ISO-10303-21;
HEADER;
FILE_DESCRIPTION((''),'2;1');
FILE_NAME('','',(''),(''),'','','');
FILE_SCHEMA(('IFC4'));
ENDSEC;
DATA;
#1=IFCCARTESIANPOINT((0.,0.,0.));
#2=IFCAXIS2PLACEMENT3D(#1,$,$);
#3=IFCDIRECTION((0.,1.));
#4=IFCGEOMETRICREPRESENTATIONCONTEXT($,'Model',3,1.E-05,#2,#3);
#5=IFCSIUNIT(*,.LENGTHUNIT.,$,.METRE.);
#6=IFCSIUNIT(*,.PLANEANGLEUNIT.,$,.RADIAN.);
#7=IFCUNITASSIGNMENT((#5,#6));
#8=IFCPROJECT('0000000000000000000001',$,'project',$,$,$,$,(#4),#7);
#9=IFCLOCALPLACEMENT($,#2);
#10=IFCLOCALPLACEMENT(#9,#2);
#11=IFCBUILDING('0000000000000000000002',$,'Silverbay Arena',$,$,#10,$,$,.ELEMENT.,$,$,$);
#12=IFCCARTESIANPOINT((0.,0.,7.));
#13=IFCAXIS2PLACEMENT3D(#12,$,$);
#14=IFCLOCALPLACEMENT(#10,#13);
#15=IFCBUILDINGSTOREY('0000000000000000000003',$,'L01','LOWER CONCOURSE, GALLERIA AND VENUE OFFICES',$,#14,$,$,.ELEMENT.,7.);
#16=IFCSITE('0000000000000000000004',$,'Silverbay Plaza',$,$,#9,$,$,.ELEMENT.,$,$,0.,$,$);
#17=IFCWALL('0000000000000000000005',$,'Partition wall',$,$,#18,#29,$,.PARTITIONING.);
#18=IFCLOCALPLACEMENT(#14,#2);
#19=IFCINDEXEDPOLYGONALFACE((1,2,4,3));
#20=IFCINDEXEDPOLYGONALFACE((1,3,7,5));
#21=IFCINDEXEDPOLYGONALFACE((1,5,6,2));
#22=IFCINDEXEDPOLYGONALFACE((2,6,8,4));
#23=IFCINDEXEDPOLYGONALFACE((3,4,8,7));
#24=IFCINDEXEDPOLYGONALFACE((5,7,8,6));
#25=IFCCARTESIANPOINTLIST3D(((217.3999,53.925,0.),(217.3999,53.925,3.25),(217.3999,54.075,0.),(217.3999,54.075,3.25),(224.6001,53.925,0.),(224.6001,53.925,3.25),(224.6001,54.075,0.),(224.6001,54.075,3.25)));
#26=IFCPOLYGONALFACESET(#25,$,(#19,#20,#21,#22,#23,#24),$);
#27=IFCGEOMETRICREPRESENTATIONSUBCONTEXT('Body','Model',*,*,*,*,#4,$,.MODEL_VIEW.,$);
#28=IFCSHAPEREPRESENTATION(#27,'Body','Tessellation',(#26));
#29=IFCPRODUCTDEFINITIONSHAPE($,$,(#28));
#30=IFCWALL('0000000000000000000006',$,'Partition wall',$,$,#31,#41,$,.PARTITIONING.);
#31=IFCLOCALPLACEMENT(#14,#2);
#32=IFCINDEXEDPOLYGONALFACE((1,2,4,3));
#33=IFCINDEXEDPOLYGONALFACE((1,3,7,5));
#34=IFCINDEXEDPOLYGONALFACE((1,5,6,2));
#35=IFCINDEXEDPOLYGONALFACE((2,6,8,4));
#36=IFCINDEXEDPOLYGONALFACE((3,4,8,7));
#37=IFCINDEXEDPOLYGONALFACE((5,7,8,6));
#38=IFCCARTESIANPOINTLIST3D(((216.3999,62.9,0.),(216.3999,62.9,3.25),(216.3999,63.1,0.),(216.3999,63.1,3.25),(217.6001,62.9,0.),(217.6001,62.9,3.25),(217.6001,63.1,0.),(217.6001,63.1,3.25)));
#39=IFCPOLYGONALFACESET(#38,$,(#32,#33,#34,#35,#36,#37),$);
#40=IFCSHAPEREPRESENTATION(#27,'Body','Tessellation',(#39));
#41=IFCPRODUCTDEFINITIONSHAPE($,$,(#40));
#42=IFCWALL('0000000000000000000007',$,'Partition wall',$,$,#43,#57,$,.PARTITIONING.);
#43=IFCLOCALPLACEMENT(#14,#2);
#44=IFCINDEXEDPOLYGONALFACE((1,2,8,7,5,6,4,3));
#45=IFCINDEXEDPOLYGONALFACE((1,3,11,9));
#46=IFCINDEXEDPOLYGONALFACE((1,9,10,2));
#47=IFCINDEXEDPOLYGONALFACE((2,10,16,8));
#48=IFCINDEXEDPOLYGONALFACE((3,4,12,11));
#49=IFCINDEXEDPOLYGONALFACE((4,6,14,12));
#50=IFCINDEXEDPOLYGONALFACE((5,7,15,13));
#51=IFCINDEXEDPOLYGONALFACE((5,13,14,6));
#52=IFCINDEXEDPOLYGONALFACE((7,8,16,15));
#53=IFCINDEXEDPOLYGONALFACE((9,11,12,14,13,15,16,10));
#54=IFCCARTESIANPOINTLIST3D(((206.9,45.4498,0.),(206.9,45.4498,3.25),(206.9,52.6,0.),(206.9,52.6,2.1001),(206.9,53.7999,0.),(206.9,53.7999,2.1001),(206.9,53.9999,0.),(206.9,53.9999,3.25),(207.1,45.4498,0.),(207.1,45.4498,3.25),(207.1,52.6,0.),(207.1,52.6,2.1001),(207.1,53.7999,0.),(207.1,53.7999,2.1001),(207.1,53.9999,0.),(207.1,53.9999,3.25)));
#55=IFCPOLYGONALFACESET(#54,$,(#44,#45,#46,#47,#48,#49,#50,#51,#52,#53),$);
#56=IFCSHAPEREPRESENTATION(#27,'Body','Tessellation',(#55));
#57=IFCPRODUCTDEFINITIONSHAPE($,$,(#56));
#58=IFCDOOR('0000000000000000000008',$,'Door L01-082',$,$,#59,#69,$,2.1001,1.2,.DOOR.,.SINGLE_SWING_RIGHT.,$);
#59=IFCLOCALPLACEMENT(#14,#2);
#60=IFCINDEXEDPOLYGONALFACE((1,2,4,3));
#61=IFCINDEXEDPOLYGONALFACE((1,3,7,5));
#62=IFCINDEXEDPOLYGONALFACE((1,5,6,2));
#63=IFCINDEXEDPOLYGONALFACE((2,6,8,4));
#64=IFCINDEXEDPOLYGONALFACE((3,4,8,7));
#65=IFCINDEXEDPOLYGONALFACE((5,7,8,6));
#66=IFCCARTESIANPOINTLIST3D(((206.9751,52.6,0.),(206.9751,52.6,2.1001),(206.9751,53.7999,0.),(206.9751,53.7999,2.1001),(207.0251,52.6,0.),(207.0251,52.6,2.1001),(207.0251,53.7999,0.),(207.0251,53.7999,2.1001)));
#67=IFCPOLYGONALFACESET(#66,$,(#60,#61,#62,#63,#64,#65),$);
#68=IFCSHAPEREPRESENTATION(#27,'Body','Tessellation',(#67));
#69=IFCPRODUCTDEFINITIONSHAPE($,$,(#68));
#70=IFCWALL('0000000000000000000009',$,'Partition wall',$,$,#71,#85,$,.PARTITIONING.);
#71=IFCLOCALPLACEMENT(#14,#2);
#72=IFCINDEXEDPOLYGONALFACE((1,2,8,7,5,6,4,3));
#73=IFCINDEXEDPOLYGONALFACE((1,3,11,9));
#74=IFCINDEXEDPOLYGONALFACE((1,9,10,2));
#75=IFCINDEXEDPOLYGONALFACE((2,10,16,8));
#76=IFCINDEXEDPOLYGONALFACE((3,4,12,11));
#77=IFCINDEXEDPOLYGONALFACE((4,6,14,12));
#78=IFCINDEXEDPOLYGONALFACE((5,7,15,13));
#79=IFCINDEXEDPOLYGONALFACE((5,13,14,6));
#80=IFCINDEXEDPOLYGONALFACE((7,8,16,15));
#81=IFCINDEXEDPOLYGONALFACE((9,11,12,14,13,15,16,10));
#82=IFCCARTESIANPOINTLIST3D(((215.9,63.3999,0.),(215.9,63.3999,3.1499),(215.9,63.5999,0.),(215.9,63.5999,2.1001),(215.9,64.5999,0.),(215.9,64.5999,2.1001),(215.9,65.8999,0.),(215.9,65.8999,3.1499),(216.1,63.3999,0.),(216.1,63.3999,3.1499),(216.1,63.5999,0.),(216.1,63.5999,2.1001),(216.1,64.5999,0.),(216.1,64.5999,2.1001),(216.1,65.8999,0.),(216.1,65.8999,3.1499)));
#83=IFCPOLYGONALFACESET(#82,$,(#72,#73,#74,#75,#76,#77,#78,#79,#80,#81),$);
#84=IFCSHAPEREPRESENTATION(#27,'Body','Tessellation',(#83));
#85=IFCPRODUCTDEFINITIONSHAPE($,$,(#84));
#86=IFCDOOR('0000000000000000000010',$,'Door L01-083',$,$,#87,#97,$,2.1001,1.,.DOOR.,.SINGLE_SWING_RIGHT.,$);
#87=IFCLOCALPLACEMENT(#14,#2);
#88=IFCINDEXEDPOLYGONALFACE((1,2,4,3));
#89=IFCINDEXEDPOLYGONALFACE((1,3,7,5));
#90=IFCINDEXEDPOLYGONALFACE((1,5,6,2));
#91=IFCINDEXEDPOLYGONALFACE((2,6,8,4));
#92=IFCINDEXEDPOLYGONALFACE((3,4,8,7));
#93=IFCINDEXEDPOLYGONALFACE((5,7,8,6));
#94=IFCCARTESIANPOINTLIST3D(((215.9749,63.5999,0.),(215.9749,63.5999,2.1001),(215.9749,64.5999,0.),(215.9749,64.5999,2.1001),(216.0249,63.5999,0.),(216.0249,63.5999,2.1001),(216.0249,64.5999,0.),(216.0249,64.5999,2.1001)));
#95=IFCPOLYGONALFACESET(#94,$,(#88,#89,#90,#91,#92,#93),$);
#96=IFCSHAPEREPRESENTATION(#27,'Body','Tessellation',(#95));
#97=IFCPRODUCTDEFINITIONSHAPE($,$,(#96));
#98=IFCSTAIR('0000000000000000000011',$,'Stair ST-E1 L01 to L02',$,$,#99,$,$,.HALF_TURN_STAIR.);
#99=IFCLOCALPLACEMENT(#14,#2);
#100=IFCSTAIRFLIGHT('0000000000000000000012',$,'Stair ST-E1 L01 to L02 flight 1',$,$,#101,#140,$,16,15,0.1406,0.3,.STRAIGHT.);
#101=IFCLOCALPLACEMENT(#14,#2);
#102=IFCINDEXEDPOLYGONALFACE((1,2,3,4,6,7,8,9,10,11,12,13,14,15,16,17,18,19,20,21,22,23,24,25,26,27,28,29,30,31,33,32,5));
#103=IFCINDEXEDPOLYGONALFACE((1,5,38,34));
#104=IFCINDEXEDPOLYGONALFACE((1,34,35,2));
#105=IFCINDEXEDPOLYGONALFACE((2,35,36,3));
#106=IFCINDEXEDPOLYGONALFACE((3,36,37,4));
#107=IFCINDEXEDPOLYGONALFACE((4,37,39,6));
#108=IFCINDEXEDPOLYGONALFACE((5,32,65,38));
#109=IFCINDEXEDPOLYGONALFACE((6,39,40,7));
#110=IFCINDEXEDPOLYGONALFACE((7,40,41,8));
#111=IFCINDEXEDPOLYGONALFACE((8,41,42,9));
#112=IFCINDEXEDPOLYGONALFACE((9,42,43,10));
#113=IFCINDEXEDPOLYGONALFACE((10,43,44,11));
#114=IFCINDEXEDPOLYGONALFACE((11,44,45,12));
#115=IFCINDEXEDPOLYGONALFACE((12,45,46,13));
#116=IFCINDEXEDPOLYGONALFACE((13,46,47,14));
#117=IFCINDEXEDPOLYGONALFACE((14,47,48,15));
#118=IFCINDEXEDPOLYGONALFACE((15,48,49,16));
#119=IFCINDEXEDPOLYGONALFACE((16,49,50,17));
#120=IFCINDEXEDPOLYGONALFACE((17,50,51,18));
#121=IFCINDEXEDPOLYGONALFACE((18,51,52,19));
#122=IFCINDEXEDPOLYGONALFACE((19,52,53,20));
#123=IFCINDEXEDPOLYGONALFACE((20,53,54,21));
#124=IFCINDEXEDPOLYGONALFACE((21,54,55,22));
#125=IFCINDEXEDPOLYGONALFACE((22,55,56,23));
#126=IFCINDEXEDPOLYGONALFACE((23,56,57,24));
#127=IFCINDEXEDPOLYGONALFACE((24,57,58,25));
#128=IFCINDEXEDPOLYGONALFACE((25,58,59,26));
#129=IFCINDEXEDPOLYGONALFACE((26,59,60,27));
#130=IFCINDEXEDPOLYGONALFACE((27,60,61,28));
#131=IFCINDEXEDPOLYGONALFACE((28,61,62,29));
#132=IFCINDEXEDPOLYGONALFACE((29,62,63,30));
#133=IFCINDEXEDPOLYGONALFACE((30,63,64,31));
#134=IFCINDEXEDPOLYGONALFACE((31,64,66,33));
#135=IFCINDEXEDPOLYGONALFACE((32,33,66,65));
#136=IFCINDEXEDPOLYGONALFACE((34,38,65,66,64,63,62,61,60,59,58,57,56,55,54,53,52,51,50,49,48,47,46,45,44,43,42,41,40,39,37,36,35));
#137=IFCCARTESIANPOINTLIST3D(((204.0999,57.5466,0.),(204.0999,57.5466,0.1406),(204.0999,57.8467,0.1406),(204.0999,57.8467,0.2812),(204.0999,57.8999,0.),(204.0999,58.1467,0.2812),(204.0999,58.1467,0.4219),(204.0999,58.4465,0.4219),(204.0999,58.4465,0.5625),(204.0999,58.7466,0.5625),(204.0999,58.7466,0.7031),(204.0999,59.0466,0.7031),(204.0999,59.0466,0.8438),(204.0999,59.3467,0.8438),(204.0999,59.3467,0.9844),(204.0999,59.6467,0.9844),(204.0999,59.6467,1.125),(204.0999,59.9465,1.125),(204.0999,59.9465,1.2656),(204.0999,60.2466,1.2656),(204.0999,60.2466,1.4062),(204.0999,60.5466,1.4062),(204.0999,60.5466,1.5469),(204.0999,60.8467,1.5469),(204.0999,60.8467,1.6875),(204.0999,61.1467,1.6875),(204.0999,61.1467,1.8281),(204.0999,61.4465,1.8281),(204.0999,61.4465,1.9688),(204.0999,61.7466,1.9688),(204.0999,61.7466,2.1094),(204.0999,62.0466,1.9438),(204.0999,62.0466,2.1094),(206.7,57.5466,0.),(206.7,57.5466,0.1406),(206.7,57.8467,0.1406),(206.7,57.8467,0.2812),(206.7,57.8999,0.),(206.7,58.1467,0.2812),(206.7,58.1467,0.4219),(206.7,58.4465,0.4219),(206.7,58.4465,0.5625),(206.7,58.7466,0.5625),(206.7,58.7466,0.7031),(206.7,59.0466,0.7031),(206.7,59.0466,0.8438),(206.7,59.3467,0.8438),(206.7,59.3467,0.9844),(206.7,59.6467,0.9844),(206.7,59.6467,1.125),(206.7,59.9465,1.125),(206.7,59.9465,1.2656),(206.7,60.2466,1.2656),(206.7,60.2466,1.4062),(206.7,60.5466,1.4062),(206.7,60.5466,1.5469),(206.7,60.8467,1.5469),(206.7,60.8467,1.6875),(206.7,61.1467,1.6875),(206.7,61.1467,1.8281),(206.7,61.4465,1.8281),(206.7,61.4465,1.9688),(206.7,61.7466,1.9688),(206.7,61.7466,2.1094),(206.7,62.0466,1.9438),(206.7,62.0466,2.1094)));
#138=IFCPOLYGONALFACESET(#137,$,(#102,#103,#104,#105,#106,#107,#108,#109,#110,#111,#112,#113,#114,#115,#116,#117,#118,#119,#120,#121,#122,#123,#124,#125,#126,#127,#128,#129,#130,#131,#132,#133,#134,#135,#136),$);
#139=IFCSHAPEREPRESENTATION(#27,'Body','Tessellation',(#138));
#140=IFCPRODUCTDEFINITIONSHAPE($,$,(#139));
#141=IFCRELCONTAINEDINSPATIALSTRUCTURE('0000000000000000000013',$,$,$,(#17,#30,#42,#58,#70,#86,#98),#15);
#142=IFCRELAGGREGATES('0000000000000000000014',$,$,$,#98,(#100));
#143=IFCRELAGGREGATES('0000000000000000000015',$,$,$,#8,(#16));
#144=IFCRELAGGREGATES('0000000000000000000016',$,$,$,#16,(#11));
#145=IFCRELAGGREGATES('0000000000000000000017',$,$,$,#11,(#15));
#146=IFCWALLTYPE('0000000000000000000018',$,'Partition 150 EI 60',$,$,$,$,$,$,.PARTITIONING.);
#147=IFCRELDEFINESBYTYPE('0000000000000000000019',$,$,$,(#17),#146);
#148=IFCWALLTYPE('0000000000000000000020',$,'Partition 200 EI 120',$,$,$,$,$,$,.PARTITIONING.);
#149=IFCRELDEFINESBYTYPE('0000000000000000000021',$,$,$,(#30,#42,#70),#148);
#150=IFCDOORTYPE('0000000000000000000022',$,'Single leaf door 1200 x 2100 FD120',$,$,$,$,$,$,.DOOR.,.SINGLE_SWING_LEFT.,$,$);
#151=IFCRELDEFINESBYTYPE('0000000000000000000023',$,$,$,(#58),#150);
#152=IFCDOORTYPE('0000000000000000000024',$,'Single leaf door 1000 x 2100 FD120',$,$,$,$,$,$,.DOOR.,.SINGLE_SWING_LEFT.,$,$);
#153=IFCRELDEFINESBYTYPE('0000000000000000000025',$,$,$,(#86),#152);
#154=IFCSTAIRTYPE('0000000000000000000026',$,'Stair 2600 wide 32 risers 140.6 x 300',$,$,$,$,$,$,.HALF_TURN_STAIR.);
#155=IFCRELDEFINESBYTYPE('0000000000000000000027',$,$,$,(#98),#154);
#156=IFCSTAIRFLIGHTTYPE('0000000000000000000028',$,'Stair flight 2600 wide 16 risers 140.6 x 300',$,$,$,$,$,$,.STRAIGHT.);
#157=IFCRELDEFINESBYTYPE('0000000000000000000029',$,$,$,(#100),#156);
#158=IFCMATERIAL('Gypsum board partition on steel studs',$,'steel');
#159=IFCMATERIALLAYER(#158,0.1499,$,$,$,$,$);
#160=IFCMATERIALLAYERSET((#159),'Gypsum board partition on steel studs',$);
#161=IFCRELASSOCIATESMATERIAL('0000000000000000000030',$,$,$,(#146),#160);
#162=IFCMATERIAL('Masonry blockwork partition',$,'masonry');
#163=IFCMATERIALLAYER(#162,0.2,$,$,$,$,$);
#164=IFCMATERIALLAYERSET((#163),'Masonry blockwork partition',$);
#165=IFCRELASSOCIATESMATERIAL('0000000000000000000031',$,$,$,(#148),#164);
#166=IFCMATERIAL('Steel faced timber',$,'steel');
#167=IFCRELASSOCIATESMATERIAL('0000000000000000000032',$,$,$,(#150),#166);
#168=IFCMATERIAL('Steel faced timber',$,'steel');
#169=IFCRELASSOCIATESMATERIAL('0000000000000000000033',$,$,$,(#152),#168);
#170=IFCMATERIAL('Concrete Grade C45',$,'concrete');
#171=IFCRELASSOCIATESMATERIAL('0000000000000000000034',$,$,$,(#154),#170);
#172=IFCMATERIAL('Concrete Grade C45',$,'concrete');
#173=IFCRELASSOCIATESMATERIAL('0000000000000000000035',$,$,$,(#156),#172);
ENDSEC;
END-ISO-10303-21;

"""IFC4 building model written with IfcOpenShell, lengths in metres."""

from ifc_helpers import new_model, si_unit, direction, frame, frame_2d, origin, place, context, subcontext, project, spatial, polyline, rectangle, outline, extrude, material, layer, layer_set, type_object, element, fill, aggregate, save


model = new_model("IFC4")

# Units and contexts
model_context = context("Model", 3, precision=1e-05, world=origin(), true_north=direction((0.0, 1.0)))
body_context = subcontext(model_context, "Body", "Model", "MODEL_VIEW")
ifc_project = project(units=[si_unit("LENGTHUNIT", "METRE"), si_unit("PLANEANGLEUNIT", "RADIAN")], contexts=[model_context])

# Site, building, storey
site_placement = place(None, origin())
site = spatial("IfcSite", under=ifc_project, at=site_placement, Name="Silverbay Plaza", CompositionType="ELEMENT", RefElevation=0.0)
building_placement = place(site_placement, origin())
building = spatial("IfcBuilding", under=site, at=building_placement, Name="Silverbay Arena", CompositionType="ELEMENT")
storey_placement = place(building_placement, frame((0.0, 0.0, 7.0)))
storey = spatial("IfcBuildingStorey", under=building, at=storey_placement, Name="L01", Description="LOWER CONCOURSE, GALLERIA AND VENUE OFFICES", CompositionType="ELEMENT", Elevation=7.0)

# Wall
ifc_material_1 = material(Name="Gypsum board partition on steel studs", Category="steel")
ifc_layer_1 = layer(ifc_material_1, 0.1499)
ifc_layer_set_1 = layer_set([ifc_layer_1], Name="Gypsum board partition on steel studs")
wall_type_1 = type_object("IfcWallType", Name="Partition 150 EI 60", PredefinedType="PARTITIONING", material=ifc_layer_set_1)
wall_1_placement = place(storey_placement, frame((217.3999, 54.0, 0.0), z_axis=(0.0, 0.0, 1.0), x_axis=(1.0, 0.0, 0.0)))
element("IfcWall", 1, at=wall_1_placement, inside=storey, type_object=wall_type_1, Name="Partition wall", PredefinedType="PARTITIONING", context=body_context, shape_type="SweptSolid", body=[
    extrude(rectangle(XDim=7.2002, YDim=0.1499, at=frame_2d((3.6001, 0.0))), origin(), (0.0, 0.0, 1.0), 3.25),
])

# Wall
ifc_material_2 = material(Name="Masonry blockwork partition", Category="masonry")
ifc_layer_2 = layer(ifc_material_2, 0.2)
ifc_layer_set_2 = layer_set([ifc_layer_2], Name="Masonry blockwork partition")
wall_type_2 = type_object("IfcWallType", Name="Partition 200 EI 120", PredefinedType="PARTITIONING", material=ifc_layer_set_2)
wall_2_placement = place(storey_placement, frame((216.3999, 63.0, 0.0), z_axis=(0.0, 0.0, 1.0), x_axis=(1.0, 0.0, 0.0)))
element("IfcWall", 2, at=wall_2_placement, inside=storey, type_object=wall_type_2, Name="Partition wall", PredefinedType="PARTITIONING", context=body_context, shape_type="SweptSolid", body=[
    extrude(rectangle(XDim=1.2002, YDim=0.2, at=frame_2d((0.6001, 0.0))), origin(), (0.0, 0.0, 1.0), 3.25),
])

# Walls, openings, doors
wall_3_placement = place(storey_placement, frame((207.0, 45.45, 0.0), z_axis=(0.0, 0.0, 1.0), x_axis=(0.0, 1.0, 0.0)))
wall_3 = element("IfcWall", 3, at=wall_3_placement, inside=storey, type_object=wall_type_2, Name="Partition wall", PredefinedType="PARTITIONING", context=body_context, shape_type="SweptSolid", body=[
    extrude(rectangle(XDim=8.55, YDim=0.2, at=frame_2d((4.2749, 0.0))), origin(), (0.0, 0.0, 1.0), 3.25),
])
opening_1_placement = place(wall_3_placement, frame((7.1499, 0.0, 0.0)))
opening_1 = element("IfcOpeningElement", 4, at=opening_1_placement, cuts=wall_3, PredefinedType="OPENING", context=body_context, shape_type="SweptSolid", body=[
    extrude(rectangle(XDim=1.2, YDim=2.1001, at=frame_2d((0.6001, 1.05))), frame((0.0, 0.1099, 0.0), z_axis=(0.0, -1.0, 0.0), x_axis=(1.0, 0.0, 0.0)), (0.0, 0.0, 1.0), 0.22),
])
ifc_material_3 = material(Name="Steel faced timber", Category="steel")
door_type_1 = type_object("IfcDoorType", Name="Single leaf door 1200 x 2100 FD120", OperationType="SINGLE_SWING_LEFT", PredefinedType="DOOR", material=ifc_material_3)
door_1_placement = place(opening_1_placement, origin())
door_1 = element("IfcDoor", 5, at=door_1_placement, inside=storey, type_object=door_type_1, Name="Door L01-082", OperationType="SINGLE_SWING_RIGHT", OverallHeight=2.1001, OverallWidth=1.2, PredefinedType="DOOR", context=body_context, shape_type="SweptSolid", body=[
    extrude(rectangle(XDim=1.2, YDim=2.1001, at=frame_2d((0.6001, 1.05))), frame((0.0, 0.0249, 0.0), z_axis=(0.0, -1.0, 0.0), x_axis=(1.0, 0.0, 0.0)), (0.0, 0.0, 1.0), 0.05),
])
fill(opening_1, door_1)
wall_4_placement = place(storey_placement, frame((216.0, 63.3999, 0.0), z_axis=(0.0, 0.0, 1.0), x_axis=(0.0, 1.0, 0.0)))
wall_4 = element("IfcWall", 6, at=wall_4_placement, inside=storey, type_object=wall_type_2, Name="Partition wall", PredefinedType="PARTITIONING", context=body_context, shape_type="SweptSolid", body=[
    extrude(rectangle(XDim=2.5, YDim=0.2, at=frame_2d((1.25, 0.0))), origin(), (0.0, 0.0, 1.0), 3.1499),
])
opening_2_placement = place(wall_4_placement, frame((0.2, 0.0, 0.0)))
opening_2 = element("IfcOpeningElement", 7, at=opening_2_placement, cuts=wall_4, PredefinedType="OPENING", context=body_context, shape_type="SweptSolid", body=[
    extrude(rectangle(XDim=1.0, YDim=2.1001, at=frame_2d((0.5, 1.05))), frame((0.0, 0.1099, 0.0), z_axis=(0.0, -1.0, 0.0), x_axis=(1.0, 0.0, 0.0)), (0.0, 0.0, 1.0), 0.22),
])
ifc_material_4 = material(Name="Steel faced timber", Category="steel")
door_type_2 = type_object("IfcDoorType", Name="Single leaf door 1000 x 2100 FD120", OperationType="SINGLE_SWING_LEFT", PredefinedType="DOOR", material=ifc_material_4)
door_2_placement = place(opening_2_placement, frame((1.0, 0.0, 0.0), z_axis=(0.0, 0.0, 1.0), x_axis=(-1.0, 0.0, 0.0)))
door_2 = element("IfcDoor", 8, at=door_2_placement, inside=storey, type_object=door_type_2, Name="Door L01-083", OperationType="SINGLE_SWING_RIGHT", OverallHeight=2.1001, OverallWidth=1.0, PredefinedType="DOOR", context=body_context, shape_type="SweptSolid", body=[
    extrude(rectangle(XDim=1.0, YDim=2.1001, at=frame_2d((0.5, 1.05))), frame((0.0, 0.0249, 0.0), z_axis=(0.0, -1.0, 0.0), x_axis=(1.0, 0.0, 0.0)), (0.0, 0.0, 1.0), 0.05),
])
fill(opening_2, door_2)

# Stair, stair flight
ifc_material_5 = material(Name="Concrete Grade C45", Category="concrete")
stair_type = type_object("IfcStairType", Name="Stair 2600 wide 32 risers 140.6 x 300", PredefinedType="HALF_TURN_STAIR", material=ifc_material_5)
stair_placement = place(storey_placement, origin())
stair = element("IfcStair", 9, at=stair_placement, inside=storey, type_object=stair_type, Name="Stair ST-E1 L01 to L02", PredefinedType="HALF_TURN_STAIR")
ifc_material_6 = material(Name="Concrete Grade C45", Category="concrete")
stair_flight_type = type_object("IfcStairFlightType", Name="Stair flight 2600 wide 16 risers 140.6 x 300", PredefinedType="STRAIGHT", material=ifc_material_6)
stair_flight_1_placement = place(storey_placement, frame((205.3999, 57.5466, 0.0), z_axis=(0.0, 0.0, 1.0), x_axis=(0.0, 1.0, 0.0)))
stair_flight_1 = element("IfcStairFlight", 10, at=stair_flight_1_placement, type_object=stair_flight_type, Name="Stair ST-E1 L01 to L02 flight 1", NumberOfRisers=16, NumberOfTreads=15, PredefinedType="STRAIGHT", RiserHeight=0.1406, TreadLength=0.3, context=body_context, shape_type="SweptSolid", body=[
    extrude(outline(polyline([(0.0, 0.0), (0.0, 0.1406), (0.3, 0.1406), (0.3, 0.2812), (0.6001, 0.2812), (0.6001, 0.4219), (0.8999, 0.4219), (0.8999, 0.5625), (1.2, 0.5625), (1.2, 0.7031), (1.5, 0.7031), (1.5, 0.8438), (1.8, 0.8438), (1.8, 0.9844), (2.1001, 0.9844), (2.1001, 1.125), (2.3999, 1.125), (2.3999, 1.2656), (2.7, 1.2656), (2.7, 1.4062), (3.0, 1.4062), (3.0, 1.5469), (3.3, 1.5469), (3.3, 1.6875), (3.6001, 1.6875), (3.6001, 1.8281), (3.8999, 1.8281), (3.8999, 1.9688), (4.2, 1.9688), (4.2, 2.1094), (4.5, 2.1094), (4.5, 1.9438), (0.3533, 0.0), (0.0, 0.0)])), frame((0.0, 1.3, 0.0), z_axis=(0.0, -1.0, 0.0), x_axis=(1.0, 0.0, 0.0)), (0.0, 0.0, 1.0), 2.6001),
])
aggregate(stair, [stair_flight_1])

save(model, "model.ifc")
